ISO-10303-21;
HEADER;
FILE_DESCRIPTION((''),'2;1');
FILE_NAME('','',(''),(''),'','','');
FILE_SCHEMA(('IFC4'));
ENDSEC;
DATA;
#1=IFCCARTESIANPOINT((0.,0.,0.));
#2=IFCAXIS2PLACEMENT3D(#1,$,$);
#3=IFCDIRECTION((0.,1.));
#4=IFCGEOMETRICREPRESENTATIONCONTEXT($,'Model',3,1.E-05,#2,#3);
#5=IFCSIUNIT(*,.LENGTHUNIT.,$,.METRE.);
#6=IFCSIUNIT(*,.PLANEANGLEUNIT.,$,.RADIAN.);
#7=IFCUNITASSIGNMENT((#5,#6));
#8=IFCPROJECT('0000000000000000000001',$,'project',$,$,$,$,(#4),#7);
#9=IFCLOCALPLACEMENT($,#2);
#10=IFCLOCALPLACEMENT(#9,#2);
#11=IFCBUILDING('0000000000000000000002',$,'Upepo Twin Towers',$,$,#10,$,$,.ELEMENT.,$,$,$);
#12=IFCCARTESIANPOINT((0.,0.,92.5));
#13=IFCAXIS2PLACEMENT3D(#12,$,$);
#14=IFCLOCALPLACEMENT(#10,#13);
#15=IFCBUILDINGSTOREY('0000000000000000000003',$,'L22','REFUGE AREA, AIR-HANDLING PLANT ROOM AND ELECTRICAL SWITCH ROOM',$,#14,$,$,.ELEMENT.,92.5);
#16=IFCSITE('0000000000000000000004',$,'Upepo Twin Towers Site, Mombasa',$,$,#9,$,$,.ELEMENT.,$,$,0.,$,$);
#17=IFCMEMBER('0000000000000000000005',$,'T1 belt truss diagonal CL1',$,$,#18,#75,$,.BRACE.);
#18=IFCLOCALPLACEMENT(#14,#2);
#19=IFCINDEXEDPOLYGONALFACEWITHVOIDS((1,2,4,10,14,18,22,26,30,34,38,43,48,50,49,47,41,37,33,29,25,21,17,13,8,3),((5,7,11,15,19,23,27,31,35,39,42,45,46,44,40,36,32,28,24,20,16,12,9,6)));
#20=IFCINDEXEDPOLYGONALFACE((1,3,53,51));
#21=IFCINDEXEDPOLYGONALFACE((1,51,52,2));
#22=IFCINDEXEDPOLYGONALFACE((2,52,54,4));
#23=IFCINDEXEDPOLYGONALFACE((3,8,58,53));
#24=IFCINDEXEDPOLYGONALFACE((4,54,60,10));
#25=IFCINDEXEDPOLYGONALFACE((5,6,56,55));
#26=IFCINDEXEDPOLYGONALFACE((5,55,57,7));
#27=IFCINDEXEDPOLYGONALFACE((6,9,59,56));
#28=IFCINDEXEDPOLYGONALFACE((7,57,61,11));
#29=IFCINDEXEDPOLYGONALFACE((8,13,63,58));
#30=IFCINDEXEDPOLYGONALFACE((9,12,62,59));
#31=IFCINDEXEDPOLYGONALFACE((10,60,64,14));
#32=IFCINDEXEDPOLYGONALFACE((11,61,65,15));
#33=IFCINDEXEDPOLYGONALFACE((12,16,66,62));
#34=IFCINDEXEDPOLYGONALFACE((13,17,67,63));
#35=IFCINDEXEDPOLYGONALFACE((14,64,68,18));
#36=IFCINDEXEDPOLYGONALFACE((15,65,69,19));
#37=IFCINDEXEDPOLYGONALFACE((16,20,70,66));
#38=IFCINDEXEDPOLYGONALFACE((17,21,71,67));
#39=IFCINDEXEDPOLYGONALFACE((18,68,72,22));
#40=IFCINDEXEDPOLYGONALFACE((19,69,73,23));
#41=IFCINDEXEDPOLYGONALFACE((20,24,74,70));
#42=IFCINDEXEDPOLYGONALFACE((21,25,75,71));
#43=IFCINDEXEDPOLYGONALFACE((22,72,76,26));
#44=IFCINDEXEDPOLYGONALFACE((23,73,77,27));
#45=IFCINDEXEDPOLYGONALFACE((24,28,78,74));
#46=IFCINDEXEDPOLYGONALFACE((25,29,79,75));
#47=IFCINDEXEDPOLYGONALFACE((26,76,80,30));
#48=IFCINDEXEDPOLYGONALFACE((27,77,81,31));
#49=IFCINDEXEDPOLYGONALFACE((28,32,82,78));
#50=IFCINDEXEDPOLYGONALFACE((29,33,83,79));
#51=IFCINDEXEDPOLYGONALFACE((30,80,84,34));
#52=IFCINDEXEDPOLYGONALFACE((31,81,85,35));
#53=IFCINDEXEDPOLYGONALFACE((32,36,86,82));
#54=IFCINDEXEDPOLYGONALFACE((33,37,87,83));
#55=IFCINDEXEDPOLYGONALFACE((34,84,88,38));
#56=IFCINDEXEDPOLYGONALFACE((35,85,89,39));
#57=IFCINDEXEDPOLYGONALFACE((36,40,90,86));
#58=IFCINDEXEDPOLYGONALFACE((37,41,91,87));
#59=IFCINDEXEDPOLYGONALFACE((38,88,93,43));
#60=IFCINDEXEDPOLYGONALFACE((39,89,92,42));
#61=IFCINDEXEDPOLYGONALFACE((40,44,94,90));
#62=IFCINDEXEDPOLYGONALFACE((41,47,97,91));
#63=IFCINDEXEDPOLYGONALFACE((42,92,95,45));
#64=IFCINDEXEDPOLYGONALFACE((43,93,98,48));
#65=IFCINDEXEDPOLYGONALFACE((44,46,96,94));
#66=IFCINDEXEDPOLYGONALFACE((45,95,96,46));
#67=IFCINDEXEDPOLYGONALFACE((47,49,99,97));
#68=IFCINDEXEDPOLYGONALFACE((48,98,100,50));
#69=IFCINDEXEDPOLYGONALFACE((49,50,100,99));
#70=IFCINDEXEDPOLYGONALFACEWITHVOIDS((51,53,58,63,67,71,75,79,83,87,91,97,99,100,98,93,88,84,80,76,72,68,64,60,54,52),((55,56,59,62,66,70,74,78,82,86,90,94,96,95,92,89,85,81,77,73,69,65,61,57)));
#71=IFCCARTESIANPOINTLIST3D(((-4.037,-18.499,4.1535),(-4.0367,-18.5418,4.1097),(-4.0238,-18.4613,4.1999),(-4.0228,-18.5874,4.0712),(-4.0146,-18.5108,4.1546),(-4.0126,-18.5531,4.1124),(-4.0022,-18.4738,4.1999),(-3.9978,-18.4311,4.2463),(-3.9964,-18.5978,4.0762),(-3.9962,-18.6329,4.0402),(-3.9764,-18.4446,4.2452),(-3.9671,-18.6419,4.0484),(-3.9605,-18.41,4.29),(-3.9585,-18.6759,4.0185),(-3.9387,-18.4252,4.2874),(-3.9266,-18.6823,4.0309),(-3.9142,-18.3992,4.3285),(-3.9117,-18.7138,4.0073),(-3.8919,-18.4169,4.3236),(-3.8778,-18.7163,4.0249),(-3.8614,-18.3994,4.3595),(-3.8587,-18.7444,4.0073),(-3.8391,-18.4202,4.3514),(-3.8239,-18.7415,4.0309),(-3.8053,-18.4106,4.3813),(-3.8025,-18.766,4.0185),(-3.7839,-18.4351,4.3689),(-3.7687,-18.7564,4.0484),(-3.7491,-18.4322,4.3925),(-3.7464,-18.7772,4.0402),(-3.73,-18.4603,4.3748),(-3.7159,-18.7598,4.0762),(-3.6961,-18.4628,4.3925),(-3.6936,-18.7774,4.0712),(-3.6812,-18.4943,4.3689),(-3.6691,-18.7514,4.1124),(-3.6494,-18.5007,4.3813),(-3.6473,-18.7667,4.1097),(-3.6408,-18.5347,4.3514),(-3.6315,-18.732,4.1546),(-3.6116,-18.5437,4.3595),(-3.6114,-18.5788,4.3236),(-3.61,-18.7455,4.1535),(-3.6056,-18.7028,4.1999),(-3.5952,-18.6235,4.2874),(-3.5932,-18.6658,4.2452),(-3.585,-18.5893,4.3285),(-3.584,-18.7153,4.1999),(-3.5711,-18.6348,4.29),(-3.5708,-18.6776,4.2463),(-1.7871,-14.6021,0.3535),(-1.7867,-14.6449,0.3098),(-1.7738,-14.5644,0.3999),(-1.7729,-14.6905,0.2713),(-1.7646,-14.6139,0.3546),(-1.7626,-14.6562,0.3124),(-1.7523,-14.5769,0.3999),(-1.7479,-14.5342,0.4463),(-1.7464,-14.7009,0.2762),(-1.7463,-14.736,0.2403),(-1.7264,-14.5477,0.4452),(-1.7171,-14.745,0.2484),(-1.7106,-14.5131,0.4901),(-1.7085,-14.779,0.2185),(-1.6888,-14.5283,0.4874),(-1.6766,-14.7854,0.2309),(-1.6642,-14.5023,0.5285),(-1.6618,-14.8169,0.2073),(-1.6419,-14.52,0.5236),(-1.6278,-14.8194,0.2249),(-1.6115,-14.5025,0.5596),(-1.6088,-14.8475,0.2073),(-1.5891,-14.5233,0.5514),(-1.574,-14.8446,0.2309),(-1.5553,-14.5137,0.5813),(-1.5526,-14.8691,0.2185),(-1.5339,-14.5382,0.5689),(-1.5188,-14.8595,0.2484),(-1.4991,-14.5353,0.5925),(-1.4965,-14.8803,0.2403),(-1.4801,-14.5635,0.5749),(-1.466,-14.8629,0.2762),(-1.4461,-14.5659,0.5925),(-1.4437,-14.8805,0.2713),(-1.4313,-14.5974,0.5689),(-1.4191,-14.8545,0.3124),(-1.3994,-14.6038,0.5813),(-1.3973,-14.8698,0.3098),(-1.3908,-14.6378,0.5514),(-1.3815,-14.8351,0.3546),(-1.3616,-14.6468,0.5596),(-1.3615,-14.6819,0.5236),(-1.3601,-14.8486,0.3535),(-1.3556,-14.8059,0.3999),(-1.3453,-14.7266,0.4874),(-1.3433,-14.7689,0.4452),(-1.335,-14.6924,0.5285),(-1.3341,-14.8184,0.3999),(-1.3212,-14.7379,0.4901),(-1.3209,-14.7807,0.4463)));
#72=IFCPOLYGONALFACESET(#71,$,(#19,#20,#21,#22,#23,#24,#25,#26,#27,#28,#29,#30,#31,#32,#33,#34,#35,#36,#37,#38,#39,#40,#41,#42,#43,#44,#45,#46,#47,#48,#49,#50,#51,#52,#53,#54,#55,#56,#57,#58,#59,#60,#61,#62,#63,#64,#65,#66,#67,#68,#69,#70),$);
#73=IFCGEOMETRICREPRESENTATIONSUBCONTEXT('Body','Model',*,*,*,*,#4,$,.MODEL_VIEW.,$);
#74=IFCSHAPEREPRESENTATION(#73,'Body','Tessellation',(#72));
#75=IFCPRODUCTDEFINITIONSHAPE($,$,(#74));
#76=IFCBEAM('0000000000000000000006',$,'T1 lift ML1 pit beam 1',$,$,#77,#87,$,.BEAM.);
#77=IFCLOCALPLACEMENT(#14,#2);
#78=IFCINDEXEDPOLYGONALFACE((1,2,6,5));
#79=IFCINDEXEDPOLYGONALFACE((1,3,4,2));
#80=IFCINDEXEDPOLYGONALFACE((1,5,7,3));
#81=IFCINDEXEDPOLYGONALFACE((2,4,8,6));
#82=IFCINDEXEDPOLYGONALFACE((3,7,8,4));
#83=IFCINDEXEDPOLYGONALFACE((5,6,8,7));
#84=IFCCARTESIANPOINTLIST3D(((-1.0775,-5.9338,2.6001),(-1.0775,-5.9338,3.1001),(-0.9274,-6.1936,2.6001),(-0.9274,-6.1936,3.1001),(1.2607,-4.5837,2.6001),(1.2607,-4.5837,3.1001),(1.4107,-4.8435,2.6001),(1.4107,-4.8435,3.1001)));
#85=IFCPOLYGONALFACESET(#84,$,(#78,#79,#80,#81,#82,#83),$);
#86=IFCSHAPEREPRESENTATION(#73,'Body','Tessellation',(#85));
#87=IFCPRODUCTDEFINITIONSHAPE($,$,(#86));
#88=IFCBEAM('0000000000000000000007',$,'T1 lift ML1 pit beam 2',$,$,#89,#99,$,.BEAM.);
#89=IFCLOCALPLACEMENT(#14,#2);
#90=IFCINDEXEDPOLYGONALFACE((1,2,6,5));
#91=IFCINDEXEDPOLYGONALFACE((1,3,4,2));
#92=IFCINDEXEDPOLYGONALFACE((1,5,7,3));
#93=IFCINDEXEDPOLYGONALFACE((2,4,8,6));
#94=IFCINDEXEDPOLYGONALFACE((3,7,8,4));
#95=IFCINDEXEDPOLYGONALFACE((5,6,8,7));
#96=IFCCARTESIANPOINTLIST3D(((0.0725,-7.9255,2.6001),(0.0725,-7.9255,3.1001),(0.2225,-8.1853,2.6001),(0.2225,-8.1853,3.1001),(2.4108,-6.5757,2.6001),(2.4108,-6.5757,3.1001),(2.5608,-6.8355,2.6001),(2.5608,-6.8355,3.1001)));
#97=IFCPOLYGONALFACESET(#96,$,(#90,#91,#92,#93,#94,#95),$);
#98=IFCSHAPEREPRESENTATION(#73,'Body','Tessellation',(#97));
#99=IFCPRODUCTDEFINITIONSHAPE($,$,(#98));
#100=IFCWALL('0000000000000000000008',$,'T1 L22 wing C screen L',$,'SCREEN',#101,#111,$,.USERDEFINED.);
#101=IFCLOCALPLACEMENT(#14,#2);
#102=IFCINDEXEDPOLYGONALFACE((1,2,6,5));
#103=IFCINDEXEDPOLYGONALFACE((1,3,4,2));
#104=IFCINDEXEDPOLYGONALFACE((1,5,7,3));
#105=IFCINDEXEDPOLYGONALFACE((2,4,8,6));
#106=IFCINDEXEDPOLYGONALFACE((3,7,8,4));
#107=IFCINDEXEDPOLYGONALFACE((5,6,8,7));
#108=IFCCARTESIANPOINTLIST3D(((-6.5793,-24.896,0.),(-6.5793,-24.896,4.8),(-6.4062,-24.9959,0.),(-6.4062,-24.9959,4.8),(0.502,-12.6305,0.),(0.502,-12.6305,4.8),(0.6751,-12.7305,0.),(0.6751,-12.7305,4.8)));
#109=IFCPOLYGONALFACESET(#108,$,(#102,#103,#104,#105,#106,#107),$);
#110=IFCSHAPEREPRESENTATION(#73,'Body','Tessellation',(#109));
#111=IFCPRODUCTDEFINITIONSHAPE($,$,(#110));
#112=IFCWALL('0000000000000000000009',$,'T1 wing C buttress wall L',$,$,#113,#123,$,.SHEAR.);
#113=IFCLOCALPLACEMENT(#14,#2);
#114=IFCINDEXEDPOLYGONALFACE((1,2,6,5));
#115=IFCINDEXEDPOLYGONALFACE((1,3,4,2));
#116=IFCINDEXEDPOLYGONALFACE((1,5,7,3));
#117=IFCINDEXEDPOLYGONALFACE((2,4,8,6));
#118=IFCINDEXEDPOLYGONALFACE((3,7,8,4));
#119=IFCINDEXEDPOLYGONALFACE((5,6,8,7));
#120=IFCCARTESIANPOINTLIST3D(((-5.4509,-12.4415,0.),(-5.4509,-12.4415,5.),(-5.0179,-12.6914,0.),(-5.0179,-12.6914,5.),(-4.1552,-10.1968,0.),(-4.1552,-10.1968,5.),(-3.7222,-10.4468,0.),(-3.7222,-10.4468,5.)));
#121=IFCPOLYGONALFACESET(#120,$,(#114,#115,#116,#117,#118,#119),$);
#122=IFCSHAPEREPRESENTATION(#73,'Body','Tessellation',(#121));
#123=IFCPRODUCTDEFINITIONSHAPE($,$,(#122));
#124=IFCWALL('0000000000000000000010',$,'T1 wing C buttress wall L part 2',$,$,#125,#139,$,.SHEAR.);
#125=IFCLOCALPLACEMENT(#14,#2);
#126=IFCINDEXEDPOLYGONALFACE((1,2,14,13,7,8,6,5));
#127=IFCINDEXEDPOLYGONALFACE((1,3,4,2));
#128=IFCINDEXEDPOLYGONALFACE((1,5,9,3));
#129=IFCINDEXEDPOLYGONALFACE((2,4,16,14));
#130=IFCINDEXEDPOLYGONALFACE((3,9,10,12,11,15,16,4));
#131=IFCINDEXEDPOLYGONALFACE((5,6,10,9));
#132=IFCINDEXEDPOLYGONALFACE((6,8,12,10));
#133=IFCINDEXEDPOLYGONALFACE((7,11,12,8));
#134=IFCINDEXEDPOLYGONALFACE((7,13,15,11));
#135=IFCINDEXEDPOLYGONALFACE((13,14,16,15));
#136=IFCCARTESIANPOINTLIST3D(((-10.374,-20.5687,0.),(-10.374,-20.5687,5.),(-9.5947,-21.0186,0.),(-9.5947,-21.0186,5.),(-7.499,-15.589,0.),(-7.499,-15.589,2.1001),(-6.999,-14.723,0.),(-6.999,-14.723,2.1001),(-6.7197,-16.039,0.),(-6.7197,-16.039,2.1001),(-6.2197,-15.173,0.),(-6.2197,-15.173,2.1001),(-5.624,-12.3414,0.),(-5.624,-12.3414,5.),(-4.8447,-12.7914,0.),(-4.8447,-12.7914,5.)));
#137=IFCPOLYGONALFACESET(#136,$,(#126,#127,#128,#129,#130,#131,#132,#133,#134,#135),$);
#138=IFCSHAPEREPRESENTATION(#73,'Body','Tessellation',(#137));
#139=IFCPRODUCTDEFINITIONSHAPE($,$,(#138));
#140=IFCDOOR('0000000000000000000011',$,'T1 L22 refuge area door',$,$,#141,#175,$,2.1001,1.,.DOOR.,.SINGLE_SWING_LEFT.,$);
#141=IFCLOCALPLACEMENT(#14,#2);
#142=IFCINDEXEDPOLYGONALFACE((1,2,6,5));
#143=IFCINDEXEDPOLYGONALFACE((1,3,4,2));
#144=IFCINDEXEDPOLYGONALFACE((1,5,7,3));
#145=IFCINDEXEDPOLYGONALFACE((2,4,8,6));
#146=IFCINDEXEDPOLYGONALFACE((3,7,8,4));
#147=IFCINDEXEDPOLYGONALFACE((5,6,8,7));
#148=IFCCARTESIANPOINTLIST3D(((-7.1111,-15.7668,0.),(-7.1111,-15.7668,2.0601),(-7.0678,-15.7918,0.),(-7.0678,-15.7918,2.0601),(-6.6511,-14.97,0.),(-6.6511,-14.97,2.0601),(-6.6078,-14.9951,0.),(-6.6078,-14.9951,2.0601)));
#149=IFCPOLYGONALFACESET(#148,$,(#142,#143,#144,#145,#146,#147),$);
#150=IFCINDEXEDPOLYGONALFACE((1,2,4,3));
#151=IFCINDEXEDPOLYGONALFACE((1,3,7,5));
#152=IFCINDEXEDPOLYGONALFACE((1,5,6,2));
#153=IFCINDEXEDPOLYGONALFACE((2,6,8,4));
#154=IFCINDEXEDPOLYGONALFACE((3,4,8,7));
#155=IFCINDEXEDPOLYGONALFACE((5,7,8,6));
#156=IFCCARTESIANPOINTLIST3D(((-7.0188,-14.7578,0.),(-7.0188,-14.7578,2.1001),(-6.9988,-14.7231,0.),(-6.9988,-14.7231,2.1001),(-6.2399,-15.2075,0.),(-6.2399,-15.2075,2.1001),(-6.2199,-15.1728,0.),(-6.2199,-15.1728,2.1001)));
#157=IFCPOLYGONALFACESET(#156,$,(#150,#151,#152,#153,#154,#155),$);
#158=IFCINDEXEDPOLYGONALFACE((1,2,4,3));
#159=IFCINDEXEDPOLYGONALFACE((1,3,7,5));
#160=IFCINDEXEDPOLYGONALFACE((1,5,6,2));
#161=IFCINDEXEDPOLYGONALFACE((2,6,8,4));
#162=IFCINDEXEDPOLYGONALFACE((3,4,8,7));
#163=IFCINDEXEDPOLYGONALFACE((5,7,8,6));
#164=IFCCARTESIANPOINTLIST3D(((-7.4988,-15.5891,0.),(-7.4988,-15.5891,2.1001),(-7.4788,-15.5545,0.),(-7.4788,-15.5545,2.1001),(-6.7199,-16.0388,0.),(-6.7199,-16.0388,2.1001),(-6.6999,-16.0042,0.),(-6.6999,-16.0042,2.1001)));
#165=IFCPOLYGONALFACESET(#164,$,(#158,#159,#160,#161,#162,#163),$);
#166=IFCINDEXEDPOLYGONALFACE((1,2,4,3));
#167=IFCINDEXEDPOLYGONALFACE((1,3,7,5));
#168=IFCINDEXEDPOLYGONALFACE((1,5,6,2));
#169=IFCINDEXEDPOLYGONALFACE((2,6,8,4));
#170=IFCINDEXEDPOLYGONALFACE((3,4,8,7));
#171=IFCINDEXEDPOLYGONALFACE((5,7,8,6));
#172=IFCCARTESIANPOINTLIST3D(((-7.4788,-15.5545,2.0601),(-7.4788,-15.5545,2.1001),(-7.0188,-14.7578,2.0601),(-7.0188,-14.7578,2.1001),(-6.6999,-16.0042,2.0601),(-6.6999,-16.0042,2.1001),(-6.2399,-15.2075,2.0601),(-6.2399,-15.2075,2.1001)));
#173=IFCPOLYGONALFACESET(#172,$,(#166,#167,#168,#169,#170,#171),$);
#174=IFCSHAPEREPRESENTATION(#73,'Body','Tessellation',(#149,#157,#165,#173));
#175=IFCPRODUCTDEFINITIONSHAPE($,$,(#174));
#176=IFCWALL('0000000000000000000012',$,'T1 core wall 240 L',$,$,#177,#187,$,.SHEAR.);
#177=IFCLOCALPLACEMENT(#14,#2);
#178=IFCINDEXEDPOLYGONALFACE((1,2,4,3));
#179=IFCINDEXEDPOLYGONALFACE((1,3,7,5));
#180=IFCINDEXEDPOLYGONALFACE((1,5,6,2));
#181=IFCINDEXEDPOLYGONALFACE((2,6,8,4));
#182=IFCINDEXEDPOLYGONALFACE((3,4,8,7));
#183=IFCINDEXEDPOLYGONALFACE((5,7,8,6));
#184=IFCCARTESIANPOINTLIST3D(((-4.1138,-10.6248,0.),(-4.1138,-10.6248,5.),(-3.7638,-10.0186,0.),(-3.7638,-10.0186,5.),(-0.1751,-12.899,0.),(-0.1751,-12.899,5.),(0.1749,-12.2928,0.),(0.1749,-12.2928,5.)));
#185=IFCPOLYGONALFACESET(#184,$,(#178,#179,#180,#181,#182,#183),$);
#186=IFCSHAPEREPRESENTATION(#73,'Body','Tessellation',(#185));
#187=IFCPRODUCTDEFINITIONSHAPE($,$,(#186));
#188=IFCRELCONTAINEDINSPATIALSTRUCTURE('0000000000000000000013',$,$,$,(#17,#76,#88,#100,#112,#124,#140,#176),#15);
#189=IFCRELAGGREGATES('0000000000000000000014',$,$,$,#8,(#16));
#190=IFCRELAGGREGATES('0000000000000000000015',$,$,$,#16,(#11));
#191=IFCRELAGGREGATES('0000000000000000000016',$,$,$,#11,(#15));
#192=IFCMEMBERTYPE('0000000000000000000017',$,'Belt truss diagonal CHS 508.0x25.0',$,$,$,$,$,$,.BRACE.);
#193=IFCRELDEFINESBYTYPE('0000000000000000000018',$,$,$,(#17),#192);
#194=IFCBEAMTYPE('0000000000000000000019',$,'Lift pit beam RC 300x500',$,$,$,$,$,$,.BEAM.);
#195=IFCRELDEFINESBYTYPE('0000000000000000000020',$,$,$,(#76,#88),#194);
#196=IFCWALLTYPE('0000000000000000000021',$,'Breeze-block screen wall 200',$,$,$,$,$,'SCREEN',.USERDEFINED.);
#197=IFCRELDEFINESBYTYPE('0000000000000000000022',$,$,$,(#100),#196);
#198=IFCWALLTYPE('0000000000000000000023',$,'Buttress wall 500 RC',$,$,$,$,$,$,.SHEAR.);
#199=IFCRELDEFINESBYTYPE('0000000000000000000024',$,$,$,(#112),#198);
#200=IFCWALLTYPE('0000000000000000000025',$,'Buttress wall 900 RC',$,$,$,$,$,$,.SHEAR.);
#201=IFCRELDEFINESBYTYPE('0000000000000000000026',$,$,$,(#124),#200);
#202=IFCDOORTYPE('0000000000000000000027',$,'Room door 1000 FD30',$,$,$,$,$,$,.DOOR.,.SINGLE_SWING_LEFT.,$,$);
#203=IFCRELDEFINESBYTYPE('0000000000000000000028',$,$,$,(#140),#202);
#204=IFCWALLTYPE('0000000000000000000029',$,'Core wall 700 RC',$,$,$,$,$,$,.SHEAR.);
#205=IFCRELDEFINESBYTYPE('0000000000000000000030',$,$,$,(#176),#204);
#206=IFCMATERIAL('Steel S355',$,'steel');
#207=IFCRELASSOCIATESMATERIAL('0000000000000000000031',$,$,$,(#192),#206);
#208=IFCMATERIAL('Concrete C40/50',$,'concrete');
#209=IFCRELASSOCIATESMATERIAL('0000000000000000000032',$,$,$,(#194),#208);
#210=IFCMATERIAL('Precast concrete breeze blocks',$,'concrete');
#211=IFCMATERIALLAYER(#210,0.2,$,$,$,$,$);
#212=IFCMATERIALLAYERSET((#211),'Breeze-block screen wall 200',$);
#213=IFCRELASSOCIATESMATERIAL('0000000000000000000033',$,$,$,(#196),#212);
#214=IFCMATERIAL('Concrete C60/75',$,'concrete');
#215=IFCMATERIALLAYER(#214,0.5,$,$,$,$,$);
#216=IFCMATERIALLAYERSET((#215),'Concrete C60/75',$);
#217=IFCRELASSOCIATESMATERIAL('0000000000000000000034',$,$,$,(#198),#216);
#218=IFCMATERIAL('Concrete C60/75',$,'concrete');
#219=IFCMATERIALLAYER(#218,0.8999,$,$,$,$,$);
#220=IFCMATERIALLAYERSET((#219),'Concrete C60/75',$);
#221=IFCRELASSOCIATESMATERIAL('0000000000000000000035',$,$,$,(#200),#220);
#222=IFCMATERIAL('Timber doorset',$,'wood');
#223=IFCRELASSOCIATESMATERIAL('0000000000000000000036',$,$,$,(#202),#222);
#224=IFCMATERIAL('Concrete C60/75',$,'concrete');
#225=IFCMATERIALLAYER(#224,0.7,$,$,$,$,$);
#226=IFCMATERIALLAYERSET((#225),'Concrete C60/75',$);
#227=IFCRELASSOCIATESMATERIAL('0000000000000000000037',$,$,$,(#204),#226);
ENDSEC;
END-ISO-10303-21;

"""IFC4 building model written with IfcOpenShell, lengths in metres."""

from ifc_helpers import new_model, si_unit, direction, frame, frame_2d, origin, origin_2d, place, context, subcontext, project, spatial, rectangle, hollow_circle, extrude, material, layer, layer_set, material_profile, profile_set, type_object, element, fill, save


model = new_model("IFC4")

# Units and contexts
model_context = context("Model", 3, precision=1e-05, world=origin(), true_north=direction((0.0, 1.0)))
body_context = subcontext(model_context, "Body", "Model", "MODEL_VIEW")
ifc_project = project(units=[si_unit("LENGTHUNIT", "METRE"), si_unit("PLANEANGLEUNIT", "RADIAN")], contexts=[model_context])

# Site, building, storey
site_placement = place(None, origin())
site = spatial("IfcSite", under=ifc_project, at=site_placement, Name="Upepo Twin Towers Site, Mombasa", CompositionType="ELEMENT", RefElevation=0.0)
building_placement = place(site_placement, origin())
building = spatial("IfcBuilding", under=site, at=building_placement, Name="Upepo Twin Towers", CompositionType="ELEMENT")
storey_placement = place(building_placement, frame((0.0, 0.0, 92.5)))
storey = spatial("IfcBuildingStorey", under=building, at=storey_placement, Name="L22", Description="REFUGE AREA, AIR-HANDLING PLANT ROOM AND ELECTRICAL SWITCH ROOM", CompositionType="ELEMENT", Elevation=92.5)

# Member
ifc_material_1 = material(Name="Steel S355", Category="steel")
ifc_material_profile_1 = material_profile(ifc_material_1, hollow_circle(Radius=0.2539, WallThickness=0.0249, at=origin_2d()), Name="CHS 508.0x25.0")
ifc_profile_set_1 = profile_set([ifc_material_profile_1], Name="Steel S355")
member_type = type_object("IfcMemberType", Name="Belt truss diagonal CHS 508.0x25.0", PredefinedType="BRACE", material=ifc_profile_set_1)
member_placement = place(storey_placement, frame((-1.554, -14.6914, 0.3999), z_axis=(-0.382019, -0.661652, 0.645196), x_axis=(0.866018, -0.500014, 0.0)))
element("IfcMember", 1, at=member_placement, inside=storey, type_object=member_type, Name="T1 belt truss diagonal CL1", PredefinedType="BRACE", context=body_context, shape_type="SweptSolid", body=[
    extrude(hollow_circle(Radius=0.2539, WallThickness=0.0249, at=origin_2d()), origin(), (0.0, 0.0, 1.0), 5.8896),
])

# Beams
ifc_material_2 = material(Name="Concrete C40/50", Category="concrete")
ifc_material_profile_2 = material_profile(ifc_material_2, rectangle(XDim=0.3, YDim=0.5, at=origin_2d()), Name="RC 300x500")
ifc_profile_set_2 = profile_set([ifc_material_profile_2], Name="Concrete C40/50")
beam_type = type_object("IfcBeamType", Name="Lift pit beam RC 300x500", PredefinedType="BEAM", material=ifc_profile_set_2)
for number, where, z_axis, x_axis, name in (
    (2, (-1.0024, -6.0637, 2.8501), (0.865997, 0.500049, 0.0), (-0.500049, 0.865997, 0.0), "T1 lift ML1 pit beam 1"),
    (3, (0.1475, -8.0554, 2.8501), (0.866059, 0.499942, 0.0), (-0.499942, 0.866059, 0.0), "T1 lift ML1 pit beam 2"),
):
    element("IfcBeam", number, at=place(storey_placement, frame(where, z_axis=z_axis, x_axis=x_axis)), inside=storey, type_object=beam_type, Name=name, PredefinedType="BEAM", context=body_context, shape_type="SweptSolid", body=[
        extrude(rectangle(XDim=0.3, YDim=0.5, at=origin_2d()), origin(), (0.0, 0.0, 1.0), 2.7),
    ])

# Walls
ifc_material_3 = material(Name="Precast concrete breeze blocks", Category="concrete")
ifc_layer_1 = layer(ifc_material_3, 0.2)
ifc_layer_set_1 = layer_set([ifc_layer_1], Name="Breeze-block screen wall 200")
wall_type_1 = type_object("IfcWallType", Name="Breeze-block screen wall 200", ElementType="SCREEN", PredefinedType="USERDEFINED", material=ifc_layer_set_1)
wall_1_placement = place(storey_placement, frame((0.5886, -12.6804, 0.0), z_axis=(0.0, 0.0, 1.0), x_axis=(-0.499994, -0.866029, 0.0)))
element("IfcWall", 4, at=wall_1_placement, inside=storey, type_object=wall_type_1, Name="T1 L22 wing C screen L", ObjectType="SCREEN", PredefinedType="USERDEFINED", context=body_context, shape_type="SweptSolid", body=[
    extrude(rectangle(XDim=14.1628, YDim=0.2, at=frame_2d((7.0815, 0.0))), origin(), (0.0, 0.0, 1.0), 4.8),
])
ifc_material_4 = material(Name="Concrete C60/75", Category="concrete")
ifc_layer_2 = layer(ifc_material_4, 0.5)
ifc_layer_set_2 = layer_set([ifc_layer_2], Name="Concrete C60/75")
wall_type_2 = type_object("IfcWallType", Name="Buttress wall 500 RC", PredefinedType="SHEAR", material=ifc_layer_set_2)
wall_2_placement = place(storey_placement, frame((-3.9387, -10.3218, 0.0), z_axis=(0.0, 0.0, 1.0), x_axis=(-0.499918, -0.866073, 0.0)))
element("IfcWall", 5, at=wall_2_placement, inside=storey, type_object=wall_type_2, Name="T1 wing C buttress wall L", PredefinedType="SHEAR", context=body_context, shape_type="SweptSolid", body=[
    extrude(rectangle(XDim=2.5918, YDim=0.5, at=frame_2d((1.2959, 0.0))), origin(), (0.0, 0.0, 1.0), 5.0),
])

# Wall, opening, door
ifc_material_5 = material(Name="Concrete C60/75", Category="concrete")
ifc_layer_3 = layer(ifc_material_5, 0.8999)
ifc_layer_set_3 = layer_set([ifc_layer_3], Name="Concrete C60/75")
wall_type_3 = type_object("IfcWallType", Name="Buttress wall 900 RC", PredefinedType="SHEAR", material=ifc_layer_set_3)
wall_3_placement = place(storey_placement, frame((-5.2344, -12.5664, 0.0), z_axis=(0.0, 0.0, 1.0), x_axis=(-0.499998, -0.866027, 0.0)))
wall_3 = element("IfcWall", 6, at=wall_3_placement, inside=storey, type_object=wall_type_3, Name="T1 wing C buttress wall L part 2", PredefinedType="SHEAR", context=body_context, shape_type="SweptSolid", body=[
    extrude(rectangle(XDim=9.5, YDim=0.8999, at=frame_2d((4.75, 0.0))), origin(), (0.0, 0.0, 1.0), 5.0),
])
opening_1_placement = place(wall_3_placement, frame((2.75, 0.0, 0.0)))
opening_1 = element("IfcOpeningElement", 7, at=opening_1_placement, cuts=wall_3, PredefinedType="OPENING", context=body_context, shape_type="SweptSolid", body=[
    extrude(rectangle(XDim=1.0, YDim=2.1001, at=frame_2d((0.5, 1.05))), frame((0.0, 0.46, 0.0), z_axis=(0.0, -1.0, 0.0), x_axis=(1.0, 0.0, 0.0)), (0.0, 0.0, 1.0), 0.9199),
])
ifc_material_6 = material(Name="Timber doorset", Category="wood")
door_type_1 = type_object("IfcDoorType", Name="Room door 1000 FD30", OperationType="SINGLE_SWING_LEFT", PredefinedType="DOOR", material=ifc_material_6)
door_1_placement = place(opening_1_placement, origin())
door_1 = element("IfcDoor", 8, at=door_1_placement, inside=storey, type_object=door_type_1, Name="T1 L22 refuge area door", OperationType="SINGLE_SWING_LEFT", OverallHeight=2.1001, OverallWidth=1.0, PredefinedType="DOOR", context=body_context, shape_type="SweptSolid", body=[
    extrude(rectangle(XDim=0.92, YDim=2.0601, at=frame_2d((0.5, 1.03))), frame((0.0, 0.0249, 0.0), z_axis=(0.0, -1.0, 0.0), x_axis=(1.0, 0.0, 0.0)), (0.0, 0.0, 1.0), 0.05),
    extrude(rectangle(XDim=0.04, YDim=2.1001, at=frame_2d((0.02, 1.05))), frame((0.0, 0.4497, 0.0), z_axis=(0.0, -1.0, 0.0), x_axis=(1.0, 0.0, 0.0)), (0.0, 0.0, 1.0), 0.8994),
    extrude(rectangle(XDim=0.04, YDim=2.1001, at=frame_2d((0.98, 1.05))), frame((0.0, 0.4497, 0.0), z_axis=(0.0, -1.0, 0.0), x_axis=(1.0, 0.0, 0.0)), (0.0, 0.0, 1.0), 0.8994),
    extrude(rectangle(XDim=0.92, YDim=0.04, at=frame_2d((0.5, 2.0801))), frame((0.0, 0.4497, 0.0), z_axis=(0.0, -1.0, 0.0), x_axis=(1.0, 0.0, 0.0)), (0.0, 0.0, 1.0), 0.8994),
])
fill(opening_1, door_1)

# Wall
ifc_material_7 = material(Name="Concrete C60/75", Category="concrete")
ifc_layer_4 = layer(ifc_material_7, 0.7)
ifc_layer_set_4 = layer_set([ifc_layer_4], Name="Concrete C60/75")
wall_type_4 = type_object("IfcWallType", Name="Core wall 700 RC", PredefinedType="SHEAR", material=ifc_layer_set_4)
wall_4_placement = place(storey_placement, frame((-3.9387, -10.3218, 0.0), z_axis=(0.0, 0.0, 1.0), x_axis=(0.866011, -0.500024, 0.0)))
element("IfcWall", 9, at=wall_4_placement, inside=storey, type_object=wall_type_4, Name="T1 core wall 240 L", PredefinedType="SHEAR", context=body_context, shape_type="SweptSolid", body=[
    extrude(rectangle(XDim=4.5481, YDim=0.7, at=frame_2d((2.2739, 0.0))), origin(), (0.0, 0.0, 1.0), 5.0),
])

save(model, "model.ifc")
